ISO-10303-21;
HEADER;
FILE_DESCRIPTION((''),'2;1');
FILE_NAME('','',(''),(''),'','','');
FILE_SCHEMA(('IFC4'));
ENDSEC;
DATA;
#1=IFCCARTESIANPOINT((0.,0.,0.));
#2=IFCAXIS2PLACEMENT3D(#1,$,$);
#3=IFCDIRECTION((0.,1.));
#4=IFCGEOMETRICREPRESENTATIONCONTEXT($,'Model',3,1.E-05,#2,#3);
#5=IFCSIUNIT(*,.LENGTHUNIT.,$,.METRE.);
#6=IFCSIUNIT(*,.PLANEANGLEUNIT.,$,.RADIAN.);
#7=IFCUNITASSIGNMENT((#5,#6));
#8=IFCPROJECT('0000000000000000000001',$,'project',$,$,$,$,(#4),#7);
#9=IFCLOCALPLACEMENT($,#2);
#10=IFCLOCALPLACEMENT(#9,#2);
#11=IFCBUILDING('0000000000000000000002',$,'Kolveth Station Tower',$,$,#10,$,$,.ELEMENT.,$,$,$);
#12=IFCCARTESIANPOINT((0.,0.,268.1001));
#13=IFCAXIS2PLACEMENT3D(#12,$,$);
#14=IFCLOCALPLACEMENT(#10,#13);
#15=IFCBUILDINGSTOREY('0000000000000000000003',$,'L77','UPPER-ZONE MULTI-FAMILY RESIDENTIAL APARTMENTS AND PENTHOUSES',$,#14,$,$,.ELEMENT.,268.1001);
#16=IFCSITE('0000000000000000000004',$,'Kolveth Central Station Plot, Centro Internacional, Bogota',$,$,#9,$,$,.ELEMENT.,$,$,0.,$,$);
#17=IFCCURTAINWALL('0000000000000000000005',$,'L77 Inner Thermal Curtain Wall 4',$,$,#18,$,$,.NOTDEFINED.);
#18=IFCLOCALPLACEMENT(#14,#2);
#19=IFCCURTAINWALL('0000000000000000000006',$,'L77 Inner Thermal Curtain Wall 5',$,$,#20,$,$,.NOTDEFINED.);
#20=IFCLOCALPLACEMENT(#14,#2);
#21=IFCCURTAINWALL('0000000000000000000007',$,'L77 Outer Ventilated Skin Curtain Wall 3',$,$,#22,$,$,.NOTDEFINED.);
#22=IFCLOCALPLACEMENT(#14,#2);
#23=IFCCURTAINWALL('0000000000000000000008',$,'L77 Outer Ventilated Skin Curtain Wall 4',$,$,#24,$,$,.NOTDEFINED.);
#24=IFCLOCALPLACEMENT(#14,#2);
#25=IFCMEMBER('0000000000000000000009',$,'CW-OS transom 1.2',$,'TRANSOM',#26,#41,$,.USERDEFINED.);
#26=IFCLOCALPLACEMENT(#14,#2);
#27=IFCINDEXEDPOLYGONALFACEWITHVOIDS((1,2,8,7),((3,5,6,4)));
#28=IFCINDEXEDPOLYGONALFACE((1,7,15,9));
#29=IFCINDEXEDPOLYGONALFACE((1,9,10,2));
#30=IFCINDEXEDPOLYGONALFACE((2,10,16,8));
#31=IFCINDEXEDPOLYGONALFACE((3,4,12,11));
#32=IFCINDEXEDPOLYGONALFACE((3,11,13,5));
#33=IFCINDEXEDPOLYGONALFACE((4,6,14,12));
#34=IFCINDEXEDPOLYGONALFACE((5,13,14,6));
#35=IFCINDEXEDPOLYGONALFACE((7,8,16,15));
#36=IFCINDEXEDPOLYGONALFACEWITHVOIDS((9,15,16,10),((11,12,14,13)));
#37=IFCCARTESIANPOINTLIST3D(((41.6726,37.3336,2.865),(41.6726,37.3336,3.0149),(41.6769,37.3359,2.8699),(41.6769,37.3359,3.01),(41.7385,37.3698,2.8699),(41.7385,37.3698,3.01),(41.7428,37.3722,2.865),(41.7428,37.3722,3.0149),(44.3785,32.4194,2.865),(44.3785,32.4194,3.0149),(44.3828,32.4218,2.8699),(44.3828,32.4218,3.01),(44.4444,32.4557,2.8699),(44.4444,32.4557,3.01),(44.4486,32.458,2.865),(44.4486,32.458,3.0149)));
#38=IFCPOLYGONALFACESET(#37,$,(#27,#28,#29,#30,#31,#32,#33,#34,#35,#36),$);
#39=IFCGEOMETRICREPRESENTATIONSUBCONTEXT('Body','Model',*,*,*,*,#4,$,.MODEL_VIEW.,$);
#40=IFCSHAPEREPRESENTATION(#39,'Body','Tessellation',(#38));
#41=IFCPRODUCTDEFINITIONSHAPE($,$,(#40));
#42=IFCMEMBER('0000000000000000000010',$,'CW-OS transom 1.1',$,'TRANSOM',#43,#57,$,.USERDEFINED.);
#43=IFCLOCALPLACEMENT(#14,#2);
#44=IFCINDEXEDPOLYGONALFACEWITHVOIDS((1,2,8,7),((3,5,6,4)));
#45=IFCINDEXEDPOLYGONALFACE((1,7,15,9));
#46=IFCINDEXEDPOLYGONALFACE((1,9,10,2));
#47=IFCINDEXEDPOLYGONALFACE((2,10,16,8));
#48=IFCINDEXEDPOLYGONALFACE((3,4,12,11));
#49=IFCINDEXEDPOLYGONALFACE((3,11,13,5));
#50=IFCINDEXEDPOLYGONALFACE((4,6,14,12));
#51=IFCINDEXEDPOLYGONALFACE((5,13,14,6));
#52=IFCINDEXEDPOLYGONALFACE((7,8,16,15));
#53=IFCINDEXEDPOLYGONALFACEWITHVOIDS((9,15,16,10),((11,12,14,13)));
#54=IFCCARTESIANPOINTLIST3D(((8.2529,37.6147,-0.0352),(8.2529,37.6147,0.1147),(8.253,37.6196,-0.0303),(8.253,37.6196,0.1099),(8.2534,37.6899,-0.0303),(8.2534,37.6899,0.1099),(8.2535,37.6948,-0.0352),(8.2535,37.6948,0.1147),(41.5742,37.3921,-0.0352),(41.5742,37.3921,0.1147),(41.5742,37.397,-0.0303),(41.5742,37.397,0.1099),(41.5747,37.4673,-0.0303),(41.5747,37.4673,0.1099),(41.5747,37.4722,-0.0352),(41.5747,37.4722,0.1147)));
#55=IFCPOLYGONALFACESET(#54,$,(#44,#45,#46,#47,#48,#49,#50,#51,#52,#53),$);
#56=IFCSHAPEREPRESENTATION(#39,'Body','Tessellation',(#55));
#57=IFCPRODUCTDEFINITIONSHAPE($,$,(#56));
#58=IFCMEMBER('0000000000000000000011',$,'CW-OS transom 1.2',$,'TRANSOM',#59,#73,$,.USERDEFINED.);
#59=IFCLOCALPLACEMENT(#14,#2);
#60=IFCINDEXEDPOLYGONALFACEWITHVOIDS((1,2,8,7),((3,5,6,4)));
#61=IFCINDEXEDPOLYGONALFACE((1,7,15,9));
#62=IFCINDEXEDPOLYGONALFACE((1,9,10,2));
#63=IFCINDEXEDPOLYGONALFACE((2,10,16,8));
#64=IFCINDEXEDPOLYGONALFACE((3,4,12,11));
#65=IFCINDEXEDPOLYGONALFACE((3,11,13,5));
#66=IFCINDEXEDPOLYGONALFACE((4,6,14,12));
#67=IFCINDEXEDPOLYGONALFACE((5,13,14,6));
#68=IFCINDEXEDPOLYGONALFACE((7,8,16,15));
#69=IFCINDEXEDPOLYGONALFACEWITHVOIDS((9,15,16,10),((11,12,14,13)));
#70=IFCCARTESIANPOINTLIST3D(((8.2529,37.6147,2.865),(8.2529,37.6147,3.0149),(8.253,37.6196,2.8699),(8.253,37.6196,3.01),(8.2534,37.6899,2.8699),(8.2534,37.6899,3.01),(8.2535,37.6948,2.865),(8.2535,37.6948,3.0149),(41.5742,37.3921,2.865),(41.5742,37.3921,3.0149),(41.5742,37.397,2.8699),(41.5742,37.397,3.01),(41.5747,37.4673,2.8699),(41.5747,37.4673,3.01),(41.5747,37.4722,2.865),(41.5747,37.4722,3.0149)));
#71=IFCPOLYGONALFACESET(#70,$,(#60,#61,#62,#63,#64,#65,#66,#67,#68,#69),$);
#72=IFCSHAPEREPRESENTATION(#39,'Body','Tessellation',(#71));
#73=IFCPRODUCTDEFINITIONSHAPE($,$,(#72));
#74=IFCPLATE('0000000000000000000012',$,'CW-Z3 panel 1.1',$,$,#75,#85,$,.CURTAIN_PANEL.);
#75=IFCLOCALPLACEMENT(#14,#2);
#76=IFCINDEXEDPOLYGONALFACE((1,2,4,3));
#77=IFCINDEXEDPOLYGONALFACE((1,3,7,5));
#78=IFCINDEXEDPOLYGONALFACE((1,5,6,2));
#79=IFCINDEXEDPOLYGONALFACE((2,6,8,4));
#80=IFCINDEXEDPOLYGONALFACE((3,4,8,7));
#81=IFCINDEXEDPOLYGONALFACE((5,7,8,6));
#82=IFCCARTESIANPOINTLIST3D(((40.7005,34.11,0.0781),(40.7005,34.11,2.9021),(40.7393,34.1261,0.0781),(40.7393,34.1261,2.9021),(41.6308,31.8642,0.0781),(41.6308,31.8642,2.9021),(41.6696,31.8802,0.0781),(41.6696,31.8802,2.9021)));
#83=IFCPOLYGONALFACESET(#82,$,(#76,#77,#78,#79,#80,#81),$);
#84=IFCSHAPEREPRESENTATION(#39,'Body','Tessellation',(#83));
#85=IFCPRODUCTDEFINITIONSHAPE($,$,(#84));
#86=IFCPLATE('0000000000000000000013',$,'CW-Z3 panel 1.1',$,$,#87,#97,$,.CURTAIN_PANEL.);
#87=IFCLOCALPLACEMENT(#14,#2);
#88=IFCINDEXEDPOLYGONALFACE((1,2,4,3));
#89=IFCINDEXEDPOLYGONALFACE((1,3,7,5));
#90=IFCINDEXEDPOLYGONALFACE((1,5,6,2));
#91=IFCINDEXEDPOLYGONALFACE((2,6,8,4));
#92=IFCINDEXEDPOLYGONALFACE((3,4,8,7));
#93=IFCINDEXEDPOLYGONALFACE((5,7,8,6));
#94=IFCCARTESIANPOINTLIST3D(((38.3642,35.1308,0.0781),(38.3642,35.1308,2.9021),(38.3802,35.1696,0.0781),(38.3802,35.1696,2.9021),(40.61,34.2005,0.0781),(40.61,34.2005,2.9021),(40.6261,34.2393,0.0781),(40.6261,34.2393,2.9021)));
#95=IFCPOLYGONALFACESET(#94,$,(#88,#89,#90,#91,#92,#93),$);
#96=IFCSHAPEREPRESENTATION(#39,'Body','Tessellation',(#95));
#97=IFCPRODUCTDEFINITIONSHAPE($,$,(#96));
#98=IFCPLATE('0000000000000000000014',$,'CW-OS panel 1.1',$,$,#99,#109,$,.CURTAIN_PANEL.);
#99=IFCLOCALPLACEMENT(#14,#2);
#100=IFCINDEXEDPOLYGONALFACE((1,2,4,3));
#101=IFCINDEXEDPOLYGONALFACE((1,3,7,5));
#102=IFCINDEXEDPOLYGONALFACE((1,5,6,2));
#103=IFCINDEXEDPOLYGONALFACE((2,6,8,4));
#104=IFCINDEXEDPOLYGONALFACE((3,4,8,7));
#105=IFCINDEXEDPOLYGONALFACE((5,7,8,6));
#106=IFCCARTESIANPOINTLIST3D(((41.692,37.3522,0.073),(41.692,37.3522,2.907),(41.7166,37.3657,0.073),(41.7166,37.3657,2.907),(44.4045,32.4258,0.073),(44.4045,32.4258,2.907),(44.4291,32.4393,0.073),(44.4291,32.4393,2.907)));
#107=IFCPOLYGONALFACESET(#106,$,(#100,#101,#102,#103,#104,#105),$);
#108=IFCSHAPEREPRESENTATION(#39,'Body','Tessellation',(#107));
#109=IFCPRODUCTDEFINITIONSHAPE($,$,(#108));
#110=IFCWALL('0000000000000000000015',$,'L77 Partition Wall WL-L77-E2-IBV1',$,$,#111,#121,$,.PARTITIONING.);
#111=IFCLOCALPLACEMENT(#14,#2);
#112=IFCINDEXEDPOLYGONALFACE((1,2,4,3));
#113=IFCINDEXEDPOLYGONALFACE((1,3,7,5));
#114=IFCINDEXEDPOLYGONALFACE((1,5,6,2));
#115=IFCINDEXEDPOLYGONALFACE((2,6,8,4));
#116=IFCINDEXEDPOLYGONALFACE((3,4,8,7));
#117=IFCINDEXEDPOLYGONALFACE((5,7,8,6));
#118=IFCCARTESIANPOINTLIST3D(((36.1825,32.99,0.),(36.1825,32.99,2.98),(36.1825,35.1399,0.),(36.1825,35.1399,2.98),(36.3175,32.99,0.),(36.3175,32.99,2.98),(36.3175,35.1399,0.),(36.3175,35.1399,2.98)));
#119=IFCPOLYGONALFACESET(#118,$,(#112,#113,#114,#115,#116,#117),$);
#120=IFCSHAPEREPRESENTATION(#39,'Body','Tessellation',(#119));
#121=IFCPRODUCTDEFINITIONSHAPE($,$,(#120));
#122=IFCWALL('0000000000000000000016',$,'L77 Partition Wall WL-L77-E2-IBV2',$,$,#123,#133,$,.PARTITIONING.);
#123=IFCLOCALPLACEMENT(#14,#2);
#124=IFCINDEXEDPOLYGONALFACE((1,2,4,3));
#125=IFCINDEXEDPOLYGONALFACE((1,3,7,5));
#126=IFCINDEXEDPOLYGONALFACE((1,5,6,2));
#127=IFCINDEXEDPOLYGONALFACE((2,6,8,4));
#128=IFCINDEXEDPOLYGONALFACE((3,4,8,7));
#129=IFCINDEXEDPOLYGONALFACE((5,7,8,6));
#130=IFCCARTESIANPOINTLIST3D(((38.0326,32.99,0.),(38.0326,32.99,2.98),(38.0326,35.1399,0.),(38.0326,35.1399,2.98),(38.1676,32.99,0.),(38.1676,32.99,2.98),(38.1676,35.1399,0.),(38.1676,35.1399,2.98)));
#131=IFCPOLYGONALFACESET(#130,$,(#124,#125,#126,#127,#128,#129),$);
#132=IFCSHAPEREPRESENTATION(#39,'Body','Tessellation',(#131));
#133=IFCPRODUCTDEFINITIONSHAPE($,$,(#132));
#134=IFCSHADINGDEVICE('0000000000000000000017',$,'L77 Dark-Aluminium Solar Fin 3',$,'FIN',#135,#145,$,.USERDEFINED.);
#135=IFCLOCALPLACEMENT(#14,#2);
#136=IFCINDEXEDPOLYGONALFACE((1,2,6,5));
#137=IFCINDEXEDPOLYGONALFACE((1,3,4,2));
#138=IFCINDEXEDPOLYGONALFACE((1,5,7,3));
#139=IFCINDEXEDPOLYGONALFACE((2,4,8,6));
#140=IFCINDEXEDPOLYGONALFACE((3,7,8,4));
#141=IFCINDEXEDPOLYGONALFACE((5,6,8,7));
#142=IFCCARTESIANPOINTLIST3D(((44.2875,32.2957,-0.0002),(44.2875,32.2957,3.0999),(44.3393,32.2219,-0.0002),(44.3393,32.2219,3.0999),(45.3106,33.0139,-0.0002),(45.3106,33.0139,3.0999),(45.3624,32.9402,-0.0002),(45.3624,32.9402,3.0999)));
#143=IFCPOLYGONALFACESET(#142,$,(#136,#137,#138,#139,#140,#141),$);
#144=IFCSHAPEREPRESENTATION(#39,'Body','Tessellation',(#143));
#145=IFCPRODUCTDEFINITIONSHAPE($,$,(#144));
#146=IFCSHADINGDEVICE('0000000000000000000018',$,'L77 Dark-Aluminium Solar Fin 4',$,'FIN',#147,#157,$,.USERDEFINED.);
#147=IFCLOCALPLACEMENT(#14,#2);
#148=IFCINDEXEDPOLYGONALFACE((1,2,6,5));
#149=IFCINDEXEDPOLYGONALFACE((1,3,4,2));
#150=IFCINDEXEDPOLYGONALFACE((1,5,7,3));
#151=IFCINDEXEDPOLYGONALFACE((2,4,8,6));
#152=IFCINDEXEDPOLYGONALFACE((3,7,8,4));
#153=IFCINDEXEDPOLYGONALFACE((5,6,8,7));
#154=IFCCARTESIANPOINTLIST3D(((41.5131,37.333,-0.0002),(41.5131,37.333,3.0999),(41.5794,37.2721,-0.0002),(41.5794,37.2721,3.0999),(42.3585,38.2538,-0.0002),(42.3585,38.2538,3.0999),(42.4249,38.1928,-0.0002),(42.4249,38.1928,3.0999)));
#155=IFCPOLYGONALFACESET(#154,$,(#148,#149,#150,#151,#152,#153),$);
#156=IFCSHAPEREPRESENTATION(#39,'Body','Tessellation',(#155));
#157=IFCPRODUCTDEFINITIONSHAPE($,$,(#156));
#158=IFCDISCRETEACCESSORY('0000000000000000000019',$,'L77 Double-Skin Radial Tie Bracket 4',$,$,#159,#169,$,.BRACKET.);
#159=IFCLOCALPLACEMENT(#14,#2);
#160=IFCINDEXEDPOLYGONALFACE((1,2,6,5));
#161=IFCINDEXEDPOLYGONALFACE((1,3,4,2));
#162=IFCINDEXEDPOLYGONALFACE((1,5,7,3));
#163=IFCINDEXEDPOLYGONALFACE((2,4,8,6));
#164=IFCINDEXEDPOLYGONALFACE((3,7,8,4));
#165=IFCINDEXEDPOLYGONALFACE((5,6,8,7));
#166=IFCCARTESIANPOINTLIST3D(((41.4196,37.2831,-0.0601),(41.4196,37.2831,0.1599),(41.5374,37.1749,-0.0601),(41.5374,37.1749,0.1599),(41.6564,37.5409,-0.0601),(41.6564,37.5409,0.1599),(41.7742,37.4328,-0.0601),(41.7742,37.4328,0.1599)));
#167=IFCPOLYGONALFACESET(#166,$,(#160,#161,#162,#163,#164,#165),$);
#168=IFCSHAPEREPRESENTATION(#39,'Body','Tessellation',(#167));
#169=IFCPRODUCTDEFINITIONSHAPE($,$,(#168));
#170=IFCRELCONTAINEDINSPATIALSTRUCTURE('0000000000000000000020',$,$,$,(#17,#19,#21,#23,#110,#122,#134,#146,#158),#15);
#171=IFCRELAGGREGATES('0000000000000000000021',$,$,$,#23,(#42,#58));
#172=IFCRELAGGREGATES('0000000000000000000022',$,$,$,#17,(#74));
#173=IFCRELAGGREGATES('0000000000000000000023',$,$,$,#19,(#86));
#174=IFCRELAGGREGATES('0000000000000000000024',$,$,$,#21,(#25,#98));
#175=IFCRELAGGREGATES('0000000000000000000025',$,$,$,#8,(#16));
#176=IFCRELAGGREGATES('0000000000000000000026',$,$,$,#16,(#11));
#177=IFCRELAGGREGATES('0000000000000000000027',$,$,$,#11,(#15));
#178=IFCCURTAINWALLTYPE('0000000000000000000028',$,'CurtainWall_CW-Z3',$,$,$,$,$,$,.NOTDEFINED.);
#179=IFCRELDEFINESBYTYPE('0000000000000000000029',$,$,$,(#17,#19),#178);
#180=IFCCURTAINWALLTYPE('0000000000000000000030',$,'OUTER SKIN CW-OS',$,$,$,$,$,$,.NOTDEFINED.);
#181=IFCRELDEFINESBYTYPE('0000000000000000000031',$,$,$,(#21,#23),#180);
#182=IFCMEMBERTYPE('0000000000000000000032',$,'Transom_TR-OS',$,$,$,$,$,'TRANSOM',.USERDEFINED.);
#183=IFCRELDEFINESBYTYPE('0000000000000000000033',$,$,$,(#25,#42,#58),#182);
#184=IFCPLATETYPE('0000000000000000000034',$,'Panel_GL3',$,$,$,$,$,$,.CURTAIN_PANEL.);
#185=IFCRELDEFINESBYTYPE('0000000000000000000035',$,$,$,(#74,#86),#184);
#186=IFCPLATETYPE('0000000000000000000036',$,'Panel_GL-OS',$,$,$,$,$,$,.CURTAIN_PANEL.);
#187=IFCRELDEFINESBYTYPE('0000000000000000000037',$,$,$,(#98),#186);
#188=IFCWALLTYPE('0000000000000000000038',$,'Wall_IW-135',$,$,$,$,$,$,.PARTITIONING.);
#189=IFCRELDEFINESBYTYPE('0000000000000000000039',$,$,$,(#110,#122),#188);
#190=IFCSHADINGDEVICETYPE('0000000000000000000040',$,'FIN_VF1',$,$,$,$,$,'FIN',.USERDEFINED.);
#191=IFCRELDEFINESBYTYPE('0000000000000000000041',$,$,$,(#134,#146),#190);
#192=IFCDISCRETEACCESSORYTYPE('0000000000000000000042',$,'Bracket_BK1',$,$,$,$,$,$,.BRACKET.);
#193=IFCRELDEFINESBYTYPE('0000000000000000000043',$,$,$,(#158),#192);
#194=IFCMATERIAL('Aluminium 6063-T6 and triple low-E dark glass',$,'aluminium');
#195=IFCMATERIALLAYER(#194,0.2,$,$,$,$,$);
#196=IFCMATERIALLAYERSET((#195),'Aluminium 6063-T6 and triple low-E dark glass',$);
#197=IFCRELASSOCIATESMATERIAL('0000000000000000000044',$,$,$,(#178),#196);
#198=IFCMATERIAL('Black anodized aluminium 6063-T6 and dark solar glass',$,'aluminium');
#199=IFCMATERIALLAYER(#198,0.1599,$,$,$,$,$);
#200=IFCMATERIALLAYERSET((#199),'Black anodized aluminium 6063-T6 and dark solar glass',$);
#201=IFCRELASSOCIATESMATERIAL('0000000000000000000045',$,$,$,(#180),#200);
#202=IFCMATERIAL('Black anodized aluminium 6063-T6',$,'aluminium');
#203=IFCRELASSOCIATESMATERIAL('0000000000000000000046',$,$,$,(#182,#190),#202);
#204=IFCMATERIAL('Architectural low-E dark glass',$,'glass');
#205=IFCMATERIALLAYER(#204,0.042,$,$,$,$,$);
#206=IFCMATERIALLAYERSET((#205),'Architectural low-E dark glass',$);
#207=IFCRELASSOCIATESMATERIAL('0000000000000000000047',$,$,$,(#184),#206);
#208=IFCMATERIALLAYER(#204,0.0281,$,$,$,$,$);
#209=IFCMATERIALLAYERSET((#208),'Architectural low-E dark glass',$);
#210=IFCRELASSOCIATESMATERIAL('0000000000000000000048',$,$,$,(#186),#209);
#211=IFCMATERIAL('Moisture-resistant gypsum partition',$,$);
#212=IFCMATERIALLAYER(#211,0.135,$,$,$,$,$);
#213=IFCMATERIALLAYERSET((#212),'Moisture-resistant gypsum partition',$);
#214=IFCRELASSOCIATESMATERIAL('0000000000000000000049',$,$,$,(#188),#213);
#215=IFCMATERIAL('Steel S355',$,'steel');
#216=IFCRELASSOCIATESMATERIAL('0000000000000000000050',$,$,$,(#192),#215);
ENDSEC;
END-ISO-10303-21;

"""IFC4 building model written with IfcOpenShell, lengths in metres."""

from ifc_helpers import new_model, si_unit, direction, frame, frame_2d, origin, origin_2d, place, context, subcontext, project, spatial, rectangle, hollow_rectangle, extrude, source, transform, mapped, material, layer, layer_set, material_profile, profile_set, type_object, element, aggregate, save


model = new_model("IFC4")

# Units and contexts
model_context = context("Model", 3, precision=1e-05, world=origin(), true_north=direction((0.0, 1.0)))
body_context = subcontext(model_context, "Body", "Model", "MODEL_VIEW")
ifc_project = project(units=[si_unit("LENGTHUNIT", "METRE"), si_unit("PLANEANGLEUNIT", "RADIAN")], contexts=[model_context])

# Site, building, storey
site_placement = place(None, origin())
site = spatial("IfcSite", under=ifc_project, at=site_placement, Name="Kolveth Central Station Plot, Centro Internacional, Bogota", CompositionType="ELEMENT", RefElevation=0.0)
building_placement = place(site_placement, origin())
building = spatial("IfcBuilding", under=site, at=building_placement, Name="Kolveth Station Tower", CompositionType="ELEMENT")
storey_placement = place(building_placement, frame((0.0, 0.0, 268.1001)))
storey = spatial("IfcBuildingStorey", under=building, at=storey_placement, Name="L77", Description="UPPER-ZONE MULTI-FAMILY RESIDENTIAL APARTMENTS AND PENTHOUSES", CompositionType="ELEMENT", Elevation=268.1001)

# Curtain wall
ifc_material_1 = material(Name="Aluminium 6063-T6 and triple low-E dark glass", Category="aluminium")
ifc_layer_1 = layer(ifc_material_1, 0.2)
ifc_layer_set_1 = layer_set([ifc_layer_1], Name="Aluminium 6063-T6 and triple low-E dark glass")
curtain_wall_type_1 = type_object("IfcCurtainWallType", Name="CurtainWall_CW-Z3", PredefinedType="NOTDEFINED", material=ifc_layer_set_1)
curtain_wall_1_placement = place(storey_placement, origin())
curtain_wall_1 = element("IfcCurtainWall", 1, at=curtain_wall_1_placement, inside=storey, type_object=curtain_wall_type_1, Name="L77 Inner Thermal Curtain Wall 4", PredefinedType="NOTDEFINED")
ifc_material_2 = material(Name="Black anodized aluminium 6063-T6", Category="aluminium")

# Curtain wall
curtain_wall_2_placement = place(storey_placement, origin())
curtain_wall_2 = element("IfcCurtainWall", 2, at=curtain_wall_2_placement, inside=storey, type_object=curtain_wall_type_1, Name="L77 Inner Thermal Curtain Wall 5", PredefinedType="NOTDEFINED")

# Curtain walls
ifc_material_3 = material(Name="Black anodized aluminium 6063-T6 and dark solar glass", Category="aluminium")
ifc_layer_2 = layer(ifc_material_3, 0.1599)
ifc_layer_set_2 = layer_set([ifc_layer_2], Name="Black anodized aluminium 6063-T6 and dark solar glass")
curtain_wall_type_2 = type_object("IfcCurtainWallType", Name="OUTER SKIN CW-OS", PredefinedType="NOTDEFINED", material=ifc_layer_set_2)
curtain_wall_3_placement = place(storey_placement, origin())
curtain_wall_3 = element("IfcCurtainWall", 3, at=curtain_wall_3_placement, inside=storey, type_object=curtain_wall_type_2, Name="L77 Outer Ventilated Skin Curtain Wall 3", PredefinedType="NOTDEFINED")
curtain_wall_4_placement = place(storey_placement, origin())
curtain_wall_4 = element("IfcCurtainWall", 4, at=curtain_wall_4_placement, inside=storey, type_object=curtain_wall_type_2, Name="L77 Outer Ventilated Skin Curtain Wall 4", PredefinedType="NOTDEFINED")

# Members
ifc_material_profile_1 = material_profile(ifc_material_2, hollow_rectangle(XDim=0.0801, YDim=0.1499, WallThickness=0.0049, at=origin_2d()), Name="ALU-80x150x5")
ifc_profile_set_1 = profile_set([ifc_material_profile_1], Name="Black anodized aluminium 6063-T6")
member_type_1 = type_object("IfcMemberType", Name="Transom_TR-OS", ElementType="TRANSOM", PredefinedType="USERDEFINED", material=ifc_profile_set_1)
shared_shape_1 = source(origin(), body_context, "Body", "SweptSolid", [
    extrude(hollow_rectangle(XDim=0.0801, YDim=0.1499, WallThickness=0.0049, at=origin_2d()), origin(), (0.0, 0.0, 1.0), 5.6099),
])
member_1_placement = place(storey_placement, frame((44.4136, 32.4387, 2.9399), z_axis=(-0.48234, 0.875984, 0.0), x_axis=(-0.875984, -0.48234, 0.0)))
member_1 = element("IfcMember", 5, at=member_1_placement, type_object=member_type_1, Name="CW-OS transom 1.2", ObjectType="TRANSOM", PredefinedType="USERDEFINED", context=body_context, shape_type="MappedRepresentation", body=[
    mapped(shared_shape_1, transform((0.0, 0.0, 0.0), x_axis=(1.0, 0.0, 0.0), y_axis=(0.0, 1.0, 0.0), z_axis=(0.0, 0.0, 1.0), scale=1.0)),
])
shared_shape_2 = source(origin(), body_context, "Body", "SweptSolid", [
    extrude(hollow_rectangle(XDim=0.0801, YDim=0.1499, WallThickness=0.0049, at=origin_2d()), origin(), (0.0, 0.0, 1.0), 33.322),
])
member_2_placement = place(storey_placement, frame((41.5745, 37.4321, 0.0398), z_axis=(-0.999978, 0.006682, 0.0), x_axis=(-0.006682, -0.999978, 0.0)))
member_2 = element("IfcMember", 6, at=member_2_placement, type_object=member_type_1, Name="CW-OS transom 1.1", ObjectType="TRANSOM", PredefinedType="USERDEFINED", context=body_context, shape_type="MappedRepresentation", body=[
    mapped(shared_shape_2, transform((0.0, 0.0, 0.0), x_axis=(1.0, 0.0, 0.0), y_axis=(0.0, 1.0, 0.0), z_axis=(0.0, 0.0, 1.0), scale=1.0)),
])
member_3_placement = place(storey_placement, frame((41.5745, 37.4321, 2.9399), z_axis=(-0.999978, 0.006682, 0.0), x_axis=(-0.006682, -0.999978, 0.0)))
member_3 = element("IfcMember", 7, at=member_3_placement, type_object=member_type_1, Name="CW-OS transom 1.2", ObjectType="TRANSOM", PredefinedType="USERDEFINED", context=body_context, shape_type="MappedRepresentation", body=[
    mapped(shared_shape_2, transform((0.0, 0.0, 0.0), x_axis=(1.0, 0.0, 0.0), y_axis=(0.0, 1.0, 0.0), z_axis=(0.0, 0.0, 1.0), scale=1.0)),
])
aggregate(curtain_wall_4, [member_2, member_3])

# Plates
ifc_material_4 = material(Name="Architectural low-E dark glass", Category="glass")
ifc_layer_3 = layer(ifc_material_4, 0.042)
ifc_layer_set_3 = layer_set([ifc_layer_3], Name="Architectural low-E dark glass")
plate_type_1 = type_object("IfcPlateType", Name="Panel_GL3", PredefinedType="CURTAIN_PANEL", material=ifc_layer_set_3)
shared_shape_3 = source(origin(), body_context, "Body", "SweptSolid", [
    extrude(rectangle(XDim=2.4309, YDim=0.042, at=origin_2d()), origin(), (0.0, 0.0, 1.0), 2.824),
])
plate_1_placement = place(storey_placement, frame((41.1851, 32.9951, 0.0781), z_axis=(0.0, 0.0, 1.0), x_axis=(-0.382693, 0.923875, 0.0)))
plate_1 = element("IfcPlate", 8, at=plate_1_placement, type_object=plate_type_1, Name="CW-Z3 panel 1.1", PredefinedType="CURTAIN_PANEL", context=body_context, shape_type="MappedRepresentation", body=[
    mapped(shared_shape_3, transform((0.0, 0.0, 0.0), x_axis=(1.0, 0.0, 0.0), y_axis=(0.0, 1.0, 0.0), z_axis=(0.0, 0.0, 1.0), scale=1.0)),
])
aggregate(curtain_wall_1, [plate_1])
plate_2_placement = place(storey_placement, frame((39.4951, 34.6851, 0.0781), z_axis=(0.0, 0.0, 1.0), x_axis=(-0.923875, 0.382693, 0.0)))
plate_2 = element("IfcPlate", 9, at=plate_2_placement, type_object=plate_type_1, Name="CW-Z3 panel 1.1", PredefinedType="CURTAIN_PANEL", context=body_context, shape_type="MappedRepresentation", body=[
    mapped(shared_shape_3, transform((0.0, 0.0, 0.0), x_axis=(1.0, 0.0, 0.0), y_axis=(0.0, 1.0, 0.0), z_axis=(0.0, 0.0, 1.0), scale=1.0)),
])
aggregate(curtain_wall_2, [plate_2])
ifc_layer_4 = layer(ifc_material_4, 0.0281)
ifc_layer_set_4 = layer_set([ifc_layer_4], Name="Architectural low-E dark glass")
plate_type_2 = type_object("IfcPlateType", Name="Panel_GL-OS", PredefinedType="CURTAIN_PANEL", material=ifc_layer_set_4)
shared_shape_4 = source(origin(), body_context, "Body", "SweptSolid", [
    extrude(rectangle(XDim=5.6238, YDim=0.0281, at=origin_2d()), origin(), (0.0, 0.0, 1.0), 2.834),
])
plate_3_placement = place(storey_placement, frame((43.0605, 34.8958, 0.073), z_axis=(0.0, 0.0, 1.0), x_axis=(-0.482318, 0.875996, 0.0)))
plate_3 = element("IfcPlate", 10, at=plate_3_placement, type_object=plate_type_2, Name="CW-OS panel 1.1", PredefinedType="CURTAIN_PANEL", context=body_context, shape_type="MappedRepresentation", body=[
    mapped(shared_shape_4, transform((0.0, 0.0, 0.0), x_axis=(1.0, 0.0, 0.0), y_axis=(0.0, 1.0, 0.0), z_axis=(0.0, 0.0, 1.0), scale=1.0)),
])
aggregate(curtain_wall_3, [member_1, plate_3])

# Walls
ifc_material_5 = material(Name="Moisture-resistant gypsum partition")
ifc_layer_5 = layer(ifc_material_5, 0.135)
ifc_layer_set_5 = layer_set([ifc_layer_5], Name="Moisture-resistant gypsum partition")
wall_type = type_object("IfcWallType", Name="Wall_IW-135", PredefinedType="PARTITIONING", material=ifc_layer_set_5)
for number, where, z_axis, x_axis, name in (
    (11, (36.25, 32.99, 0.0), (0.0, 0.0, 1.0), (0.0, 1.0, 0.0), "L77 Partition Wall WL-L77-E2-IBV1"),
    (12, (38.1001, 32.99, 0.0), (0.0, 0.0, 1.0), (0.0, 1.0, 0.0), "L77 Partition Wall WL-L77-E2-IBV2"),
):
    element("IfcWall", number, at=place(storey_placement, frame(where, z_axis=z_axis, x_axis=x_axis)), inside=storey, type_object=wall_type, Name=name, PredefinedType="PARTITIONING", context=body_context, shape_type="SweptSolid", body=[
        extrude(rectangle(XDim=2.1499, YDim=0.135, at=frame_2d((1.075, 0.0))), origin(), (0.0, 0.0, 1.0), 2.98),
    ])

# Shading devices
shading_device_type = type_object("IfcShadingDeviceType", Name="FIN_VF1", ElementType="FIN", PredefinedType="USERDEFINED", material=ifc_material_2)
shared_shape_5 = source(origin(), body_context, "Body", "SweptSolid", [
    extrude(rectangle(XDim=1.25, YDim=0.0901, at=origin_2d()), origin(), (0.0, 0.0, 1.0), 3.1001),
])
for number, where, z_axis, x_axis, name in (
    (13, (44.825, 32.6179, -0.0002), (0.0, 0.0, 1.0), (0.818451, 0.574577, 0.0), "L77 Dark-Aluminium Solar Fin 3"),
    (14, (41.969, 37.7629, -0.0002), (0.0, 0.0, 1.0), (0.676362, 0.736569, 0.0), "L77 Dark-Aluminium Solar Fin 4"),
):
    element("IfcShadingDevice", number, at=place(storey_placement, frame(where, z_axis=z_axis, x_axis=x_axis)), inside=storey, type_object=shading_device_type, Name=name, ObjectType="FIN", PredefinedType="USERDEFINED", context=body_context, shape_type="MappedRepresentation", body=[
        mapped(shared_shape_5, transform((0.0, 0.0, 0.0), x_axis=(1.0, 0.0, 0.0), y_axis=(0.0, 1.0, 0.0), z_axis=(0.0, 0.0, 1.0), scale=1.0)),
    ])

# Discrete accessory
ifc_material_6 = material(Name="Steel S355", Category="steel")
discrete_accessory_type = type_object("IfcDiscreteAccessoryType", Name="Bracket_BK1", PredefinedType="BRACKET", material=ifc_material_6)
shared_shape_6 = source(origin(), body_context, "Body", "SweptSolid", [
    extrude(rectangle(XDim=0.3501, YDim=0.1599, at=origin_2d()), origin(), (0.0, 0.0, 1.0), 0.22),
])
discrete_accessory_placement = place(storey_placement, frame((41.5969, 37.3579, -0.0601), z_axis=(0.0, 0.0, 1.0), x_axis=(0.676362, 0.736569, 0.0)))
element("IfcDiscreteAccessory", 15, at=discrete_accessory_placement, inside=storey, type_object=discrete_accessory_type, Name="L77 Double-Skin Radial Tie Bracket 4", PredefinedType="BRACKET", context=body_context, shape_type="MappedRepresentation", body=[
    mapped(shared_shape_6, transform((0.0, 0.0, 0.0), x_axis=(1.0, 0.0, 0.0), y_axis=(0.0, 1.0, 0.0), z_axis=(0.0, 0.0, 1.0), scale=1.0)),
])

save(model, "model.ifc")
